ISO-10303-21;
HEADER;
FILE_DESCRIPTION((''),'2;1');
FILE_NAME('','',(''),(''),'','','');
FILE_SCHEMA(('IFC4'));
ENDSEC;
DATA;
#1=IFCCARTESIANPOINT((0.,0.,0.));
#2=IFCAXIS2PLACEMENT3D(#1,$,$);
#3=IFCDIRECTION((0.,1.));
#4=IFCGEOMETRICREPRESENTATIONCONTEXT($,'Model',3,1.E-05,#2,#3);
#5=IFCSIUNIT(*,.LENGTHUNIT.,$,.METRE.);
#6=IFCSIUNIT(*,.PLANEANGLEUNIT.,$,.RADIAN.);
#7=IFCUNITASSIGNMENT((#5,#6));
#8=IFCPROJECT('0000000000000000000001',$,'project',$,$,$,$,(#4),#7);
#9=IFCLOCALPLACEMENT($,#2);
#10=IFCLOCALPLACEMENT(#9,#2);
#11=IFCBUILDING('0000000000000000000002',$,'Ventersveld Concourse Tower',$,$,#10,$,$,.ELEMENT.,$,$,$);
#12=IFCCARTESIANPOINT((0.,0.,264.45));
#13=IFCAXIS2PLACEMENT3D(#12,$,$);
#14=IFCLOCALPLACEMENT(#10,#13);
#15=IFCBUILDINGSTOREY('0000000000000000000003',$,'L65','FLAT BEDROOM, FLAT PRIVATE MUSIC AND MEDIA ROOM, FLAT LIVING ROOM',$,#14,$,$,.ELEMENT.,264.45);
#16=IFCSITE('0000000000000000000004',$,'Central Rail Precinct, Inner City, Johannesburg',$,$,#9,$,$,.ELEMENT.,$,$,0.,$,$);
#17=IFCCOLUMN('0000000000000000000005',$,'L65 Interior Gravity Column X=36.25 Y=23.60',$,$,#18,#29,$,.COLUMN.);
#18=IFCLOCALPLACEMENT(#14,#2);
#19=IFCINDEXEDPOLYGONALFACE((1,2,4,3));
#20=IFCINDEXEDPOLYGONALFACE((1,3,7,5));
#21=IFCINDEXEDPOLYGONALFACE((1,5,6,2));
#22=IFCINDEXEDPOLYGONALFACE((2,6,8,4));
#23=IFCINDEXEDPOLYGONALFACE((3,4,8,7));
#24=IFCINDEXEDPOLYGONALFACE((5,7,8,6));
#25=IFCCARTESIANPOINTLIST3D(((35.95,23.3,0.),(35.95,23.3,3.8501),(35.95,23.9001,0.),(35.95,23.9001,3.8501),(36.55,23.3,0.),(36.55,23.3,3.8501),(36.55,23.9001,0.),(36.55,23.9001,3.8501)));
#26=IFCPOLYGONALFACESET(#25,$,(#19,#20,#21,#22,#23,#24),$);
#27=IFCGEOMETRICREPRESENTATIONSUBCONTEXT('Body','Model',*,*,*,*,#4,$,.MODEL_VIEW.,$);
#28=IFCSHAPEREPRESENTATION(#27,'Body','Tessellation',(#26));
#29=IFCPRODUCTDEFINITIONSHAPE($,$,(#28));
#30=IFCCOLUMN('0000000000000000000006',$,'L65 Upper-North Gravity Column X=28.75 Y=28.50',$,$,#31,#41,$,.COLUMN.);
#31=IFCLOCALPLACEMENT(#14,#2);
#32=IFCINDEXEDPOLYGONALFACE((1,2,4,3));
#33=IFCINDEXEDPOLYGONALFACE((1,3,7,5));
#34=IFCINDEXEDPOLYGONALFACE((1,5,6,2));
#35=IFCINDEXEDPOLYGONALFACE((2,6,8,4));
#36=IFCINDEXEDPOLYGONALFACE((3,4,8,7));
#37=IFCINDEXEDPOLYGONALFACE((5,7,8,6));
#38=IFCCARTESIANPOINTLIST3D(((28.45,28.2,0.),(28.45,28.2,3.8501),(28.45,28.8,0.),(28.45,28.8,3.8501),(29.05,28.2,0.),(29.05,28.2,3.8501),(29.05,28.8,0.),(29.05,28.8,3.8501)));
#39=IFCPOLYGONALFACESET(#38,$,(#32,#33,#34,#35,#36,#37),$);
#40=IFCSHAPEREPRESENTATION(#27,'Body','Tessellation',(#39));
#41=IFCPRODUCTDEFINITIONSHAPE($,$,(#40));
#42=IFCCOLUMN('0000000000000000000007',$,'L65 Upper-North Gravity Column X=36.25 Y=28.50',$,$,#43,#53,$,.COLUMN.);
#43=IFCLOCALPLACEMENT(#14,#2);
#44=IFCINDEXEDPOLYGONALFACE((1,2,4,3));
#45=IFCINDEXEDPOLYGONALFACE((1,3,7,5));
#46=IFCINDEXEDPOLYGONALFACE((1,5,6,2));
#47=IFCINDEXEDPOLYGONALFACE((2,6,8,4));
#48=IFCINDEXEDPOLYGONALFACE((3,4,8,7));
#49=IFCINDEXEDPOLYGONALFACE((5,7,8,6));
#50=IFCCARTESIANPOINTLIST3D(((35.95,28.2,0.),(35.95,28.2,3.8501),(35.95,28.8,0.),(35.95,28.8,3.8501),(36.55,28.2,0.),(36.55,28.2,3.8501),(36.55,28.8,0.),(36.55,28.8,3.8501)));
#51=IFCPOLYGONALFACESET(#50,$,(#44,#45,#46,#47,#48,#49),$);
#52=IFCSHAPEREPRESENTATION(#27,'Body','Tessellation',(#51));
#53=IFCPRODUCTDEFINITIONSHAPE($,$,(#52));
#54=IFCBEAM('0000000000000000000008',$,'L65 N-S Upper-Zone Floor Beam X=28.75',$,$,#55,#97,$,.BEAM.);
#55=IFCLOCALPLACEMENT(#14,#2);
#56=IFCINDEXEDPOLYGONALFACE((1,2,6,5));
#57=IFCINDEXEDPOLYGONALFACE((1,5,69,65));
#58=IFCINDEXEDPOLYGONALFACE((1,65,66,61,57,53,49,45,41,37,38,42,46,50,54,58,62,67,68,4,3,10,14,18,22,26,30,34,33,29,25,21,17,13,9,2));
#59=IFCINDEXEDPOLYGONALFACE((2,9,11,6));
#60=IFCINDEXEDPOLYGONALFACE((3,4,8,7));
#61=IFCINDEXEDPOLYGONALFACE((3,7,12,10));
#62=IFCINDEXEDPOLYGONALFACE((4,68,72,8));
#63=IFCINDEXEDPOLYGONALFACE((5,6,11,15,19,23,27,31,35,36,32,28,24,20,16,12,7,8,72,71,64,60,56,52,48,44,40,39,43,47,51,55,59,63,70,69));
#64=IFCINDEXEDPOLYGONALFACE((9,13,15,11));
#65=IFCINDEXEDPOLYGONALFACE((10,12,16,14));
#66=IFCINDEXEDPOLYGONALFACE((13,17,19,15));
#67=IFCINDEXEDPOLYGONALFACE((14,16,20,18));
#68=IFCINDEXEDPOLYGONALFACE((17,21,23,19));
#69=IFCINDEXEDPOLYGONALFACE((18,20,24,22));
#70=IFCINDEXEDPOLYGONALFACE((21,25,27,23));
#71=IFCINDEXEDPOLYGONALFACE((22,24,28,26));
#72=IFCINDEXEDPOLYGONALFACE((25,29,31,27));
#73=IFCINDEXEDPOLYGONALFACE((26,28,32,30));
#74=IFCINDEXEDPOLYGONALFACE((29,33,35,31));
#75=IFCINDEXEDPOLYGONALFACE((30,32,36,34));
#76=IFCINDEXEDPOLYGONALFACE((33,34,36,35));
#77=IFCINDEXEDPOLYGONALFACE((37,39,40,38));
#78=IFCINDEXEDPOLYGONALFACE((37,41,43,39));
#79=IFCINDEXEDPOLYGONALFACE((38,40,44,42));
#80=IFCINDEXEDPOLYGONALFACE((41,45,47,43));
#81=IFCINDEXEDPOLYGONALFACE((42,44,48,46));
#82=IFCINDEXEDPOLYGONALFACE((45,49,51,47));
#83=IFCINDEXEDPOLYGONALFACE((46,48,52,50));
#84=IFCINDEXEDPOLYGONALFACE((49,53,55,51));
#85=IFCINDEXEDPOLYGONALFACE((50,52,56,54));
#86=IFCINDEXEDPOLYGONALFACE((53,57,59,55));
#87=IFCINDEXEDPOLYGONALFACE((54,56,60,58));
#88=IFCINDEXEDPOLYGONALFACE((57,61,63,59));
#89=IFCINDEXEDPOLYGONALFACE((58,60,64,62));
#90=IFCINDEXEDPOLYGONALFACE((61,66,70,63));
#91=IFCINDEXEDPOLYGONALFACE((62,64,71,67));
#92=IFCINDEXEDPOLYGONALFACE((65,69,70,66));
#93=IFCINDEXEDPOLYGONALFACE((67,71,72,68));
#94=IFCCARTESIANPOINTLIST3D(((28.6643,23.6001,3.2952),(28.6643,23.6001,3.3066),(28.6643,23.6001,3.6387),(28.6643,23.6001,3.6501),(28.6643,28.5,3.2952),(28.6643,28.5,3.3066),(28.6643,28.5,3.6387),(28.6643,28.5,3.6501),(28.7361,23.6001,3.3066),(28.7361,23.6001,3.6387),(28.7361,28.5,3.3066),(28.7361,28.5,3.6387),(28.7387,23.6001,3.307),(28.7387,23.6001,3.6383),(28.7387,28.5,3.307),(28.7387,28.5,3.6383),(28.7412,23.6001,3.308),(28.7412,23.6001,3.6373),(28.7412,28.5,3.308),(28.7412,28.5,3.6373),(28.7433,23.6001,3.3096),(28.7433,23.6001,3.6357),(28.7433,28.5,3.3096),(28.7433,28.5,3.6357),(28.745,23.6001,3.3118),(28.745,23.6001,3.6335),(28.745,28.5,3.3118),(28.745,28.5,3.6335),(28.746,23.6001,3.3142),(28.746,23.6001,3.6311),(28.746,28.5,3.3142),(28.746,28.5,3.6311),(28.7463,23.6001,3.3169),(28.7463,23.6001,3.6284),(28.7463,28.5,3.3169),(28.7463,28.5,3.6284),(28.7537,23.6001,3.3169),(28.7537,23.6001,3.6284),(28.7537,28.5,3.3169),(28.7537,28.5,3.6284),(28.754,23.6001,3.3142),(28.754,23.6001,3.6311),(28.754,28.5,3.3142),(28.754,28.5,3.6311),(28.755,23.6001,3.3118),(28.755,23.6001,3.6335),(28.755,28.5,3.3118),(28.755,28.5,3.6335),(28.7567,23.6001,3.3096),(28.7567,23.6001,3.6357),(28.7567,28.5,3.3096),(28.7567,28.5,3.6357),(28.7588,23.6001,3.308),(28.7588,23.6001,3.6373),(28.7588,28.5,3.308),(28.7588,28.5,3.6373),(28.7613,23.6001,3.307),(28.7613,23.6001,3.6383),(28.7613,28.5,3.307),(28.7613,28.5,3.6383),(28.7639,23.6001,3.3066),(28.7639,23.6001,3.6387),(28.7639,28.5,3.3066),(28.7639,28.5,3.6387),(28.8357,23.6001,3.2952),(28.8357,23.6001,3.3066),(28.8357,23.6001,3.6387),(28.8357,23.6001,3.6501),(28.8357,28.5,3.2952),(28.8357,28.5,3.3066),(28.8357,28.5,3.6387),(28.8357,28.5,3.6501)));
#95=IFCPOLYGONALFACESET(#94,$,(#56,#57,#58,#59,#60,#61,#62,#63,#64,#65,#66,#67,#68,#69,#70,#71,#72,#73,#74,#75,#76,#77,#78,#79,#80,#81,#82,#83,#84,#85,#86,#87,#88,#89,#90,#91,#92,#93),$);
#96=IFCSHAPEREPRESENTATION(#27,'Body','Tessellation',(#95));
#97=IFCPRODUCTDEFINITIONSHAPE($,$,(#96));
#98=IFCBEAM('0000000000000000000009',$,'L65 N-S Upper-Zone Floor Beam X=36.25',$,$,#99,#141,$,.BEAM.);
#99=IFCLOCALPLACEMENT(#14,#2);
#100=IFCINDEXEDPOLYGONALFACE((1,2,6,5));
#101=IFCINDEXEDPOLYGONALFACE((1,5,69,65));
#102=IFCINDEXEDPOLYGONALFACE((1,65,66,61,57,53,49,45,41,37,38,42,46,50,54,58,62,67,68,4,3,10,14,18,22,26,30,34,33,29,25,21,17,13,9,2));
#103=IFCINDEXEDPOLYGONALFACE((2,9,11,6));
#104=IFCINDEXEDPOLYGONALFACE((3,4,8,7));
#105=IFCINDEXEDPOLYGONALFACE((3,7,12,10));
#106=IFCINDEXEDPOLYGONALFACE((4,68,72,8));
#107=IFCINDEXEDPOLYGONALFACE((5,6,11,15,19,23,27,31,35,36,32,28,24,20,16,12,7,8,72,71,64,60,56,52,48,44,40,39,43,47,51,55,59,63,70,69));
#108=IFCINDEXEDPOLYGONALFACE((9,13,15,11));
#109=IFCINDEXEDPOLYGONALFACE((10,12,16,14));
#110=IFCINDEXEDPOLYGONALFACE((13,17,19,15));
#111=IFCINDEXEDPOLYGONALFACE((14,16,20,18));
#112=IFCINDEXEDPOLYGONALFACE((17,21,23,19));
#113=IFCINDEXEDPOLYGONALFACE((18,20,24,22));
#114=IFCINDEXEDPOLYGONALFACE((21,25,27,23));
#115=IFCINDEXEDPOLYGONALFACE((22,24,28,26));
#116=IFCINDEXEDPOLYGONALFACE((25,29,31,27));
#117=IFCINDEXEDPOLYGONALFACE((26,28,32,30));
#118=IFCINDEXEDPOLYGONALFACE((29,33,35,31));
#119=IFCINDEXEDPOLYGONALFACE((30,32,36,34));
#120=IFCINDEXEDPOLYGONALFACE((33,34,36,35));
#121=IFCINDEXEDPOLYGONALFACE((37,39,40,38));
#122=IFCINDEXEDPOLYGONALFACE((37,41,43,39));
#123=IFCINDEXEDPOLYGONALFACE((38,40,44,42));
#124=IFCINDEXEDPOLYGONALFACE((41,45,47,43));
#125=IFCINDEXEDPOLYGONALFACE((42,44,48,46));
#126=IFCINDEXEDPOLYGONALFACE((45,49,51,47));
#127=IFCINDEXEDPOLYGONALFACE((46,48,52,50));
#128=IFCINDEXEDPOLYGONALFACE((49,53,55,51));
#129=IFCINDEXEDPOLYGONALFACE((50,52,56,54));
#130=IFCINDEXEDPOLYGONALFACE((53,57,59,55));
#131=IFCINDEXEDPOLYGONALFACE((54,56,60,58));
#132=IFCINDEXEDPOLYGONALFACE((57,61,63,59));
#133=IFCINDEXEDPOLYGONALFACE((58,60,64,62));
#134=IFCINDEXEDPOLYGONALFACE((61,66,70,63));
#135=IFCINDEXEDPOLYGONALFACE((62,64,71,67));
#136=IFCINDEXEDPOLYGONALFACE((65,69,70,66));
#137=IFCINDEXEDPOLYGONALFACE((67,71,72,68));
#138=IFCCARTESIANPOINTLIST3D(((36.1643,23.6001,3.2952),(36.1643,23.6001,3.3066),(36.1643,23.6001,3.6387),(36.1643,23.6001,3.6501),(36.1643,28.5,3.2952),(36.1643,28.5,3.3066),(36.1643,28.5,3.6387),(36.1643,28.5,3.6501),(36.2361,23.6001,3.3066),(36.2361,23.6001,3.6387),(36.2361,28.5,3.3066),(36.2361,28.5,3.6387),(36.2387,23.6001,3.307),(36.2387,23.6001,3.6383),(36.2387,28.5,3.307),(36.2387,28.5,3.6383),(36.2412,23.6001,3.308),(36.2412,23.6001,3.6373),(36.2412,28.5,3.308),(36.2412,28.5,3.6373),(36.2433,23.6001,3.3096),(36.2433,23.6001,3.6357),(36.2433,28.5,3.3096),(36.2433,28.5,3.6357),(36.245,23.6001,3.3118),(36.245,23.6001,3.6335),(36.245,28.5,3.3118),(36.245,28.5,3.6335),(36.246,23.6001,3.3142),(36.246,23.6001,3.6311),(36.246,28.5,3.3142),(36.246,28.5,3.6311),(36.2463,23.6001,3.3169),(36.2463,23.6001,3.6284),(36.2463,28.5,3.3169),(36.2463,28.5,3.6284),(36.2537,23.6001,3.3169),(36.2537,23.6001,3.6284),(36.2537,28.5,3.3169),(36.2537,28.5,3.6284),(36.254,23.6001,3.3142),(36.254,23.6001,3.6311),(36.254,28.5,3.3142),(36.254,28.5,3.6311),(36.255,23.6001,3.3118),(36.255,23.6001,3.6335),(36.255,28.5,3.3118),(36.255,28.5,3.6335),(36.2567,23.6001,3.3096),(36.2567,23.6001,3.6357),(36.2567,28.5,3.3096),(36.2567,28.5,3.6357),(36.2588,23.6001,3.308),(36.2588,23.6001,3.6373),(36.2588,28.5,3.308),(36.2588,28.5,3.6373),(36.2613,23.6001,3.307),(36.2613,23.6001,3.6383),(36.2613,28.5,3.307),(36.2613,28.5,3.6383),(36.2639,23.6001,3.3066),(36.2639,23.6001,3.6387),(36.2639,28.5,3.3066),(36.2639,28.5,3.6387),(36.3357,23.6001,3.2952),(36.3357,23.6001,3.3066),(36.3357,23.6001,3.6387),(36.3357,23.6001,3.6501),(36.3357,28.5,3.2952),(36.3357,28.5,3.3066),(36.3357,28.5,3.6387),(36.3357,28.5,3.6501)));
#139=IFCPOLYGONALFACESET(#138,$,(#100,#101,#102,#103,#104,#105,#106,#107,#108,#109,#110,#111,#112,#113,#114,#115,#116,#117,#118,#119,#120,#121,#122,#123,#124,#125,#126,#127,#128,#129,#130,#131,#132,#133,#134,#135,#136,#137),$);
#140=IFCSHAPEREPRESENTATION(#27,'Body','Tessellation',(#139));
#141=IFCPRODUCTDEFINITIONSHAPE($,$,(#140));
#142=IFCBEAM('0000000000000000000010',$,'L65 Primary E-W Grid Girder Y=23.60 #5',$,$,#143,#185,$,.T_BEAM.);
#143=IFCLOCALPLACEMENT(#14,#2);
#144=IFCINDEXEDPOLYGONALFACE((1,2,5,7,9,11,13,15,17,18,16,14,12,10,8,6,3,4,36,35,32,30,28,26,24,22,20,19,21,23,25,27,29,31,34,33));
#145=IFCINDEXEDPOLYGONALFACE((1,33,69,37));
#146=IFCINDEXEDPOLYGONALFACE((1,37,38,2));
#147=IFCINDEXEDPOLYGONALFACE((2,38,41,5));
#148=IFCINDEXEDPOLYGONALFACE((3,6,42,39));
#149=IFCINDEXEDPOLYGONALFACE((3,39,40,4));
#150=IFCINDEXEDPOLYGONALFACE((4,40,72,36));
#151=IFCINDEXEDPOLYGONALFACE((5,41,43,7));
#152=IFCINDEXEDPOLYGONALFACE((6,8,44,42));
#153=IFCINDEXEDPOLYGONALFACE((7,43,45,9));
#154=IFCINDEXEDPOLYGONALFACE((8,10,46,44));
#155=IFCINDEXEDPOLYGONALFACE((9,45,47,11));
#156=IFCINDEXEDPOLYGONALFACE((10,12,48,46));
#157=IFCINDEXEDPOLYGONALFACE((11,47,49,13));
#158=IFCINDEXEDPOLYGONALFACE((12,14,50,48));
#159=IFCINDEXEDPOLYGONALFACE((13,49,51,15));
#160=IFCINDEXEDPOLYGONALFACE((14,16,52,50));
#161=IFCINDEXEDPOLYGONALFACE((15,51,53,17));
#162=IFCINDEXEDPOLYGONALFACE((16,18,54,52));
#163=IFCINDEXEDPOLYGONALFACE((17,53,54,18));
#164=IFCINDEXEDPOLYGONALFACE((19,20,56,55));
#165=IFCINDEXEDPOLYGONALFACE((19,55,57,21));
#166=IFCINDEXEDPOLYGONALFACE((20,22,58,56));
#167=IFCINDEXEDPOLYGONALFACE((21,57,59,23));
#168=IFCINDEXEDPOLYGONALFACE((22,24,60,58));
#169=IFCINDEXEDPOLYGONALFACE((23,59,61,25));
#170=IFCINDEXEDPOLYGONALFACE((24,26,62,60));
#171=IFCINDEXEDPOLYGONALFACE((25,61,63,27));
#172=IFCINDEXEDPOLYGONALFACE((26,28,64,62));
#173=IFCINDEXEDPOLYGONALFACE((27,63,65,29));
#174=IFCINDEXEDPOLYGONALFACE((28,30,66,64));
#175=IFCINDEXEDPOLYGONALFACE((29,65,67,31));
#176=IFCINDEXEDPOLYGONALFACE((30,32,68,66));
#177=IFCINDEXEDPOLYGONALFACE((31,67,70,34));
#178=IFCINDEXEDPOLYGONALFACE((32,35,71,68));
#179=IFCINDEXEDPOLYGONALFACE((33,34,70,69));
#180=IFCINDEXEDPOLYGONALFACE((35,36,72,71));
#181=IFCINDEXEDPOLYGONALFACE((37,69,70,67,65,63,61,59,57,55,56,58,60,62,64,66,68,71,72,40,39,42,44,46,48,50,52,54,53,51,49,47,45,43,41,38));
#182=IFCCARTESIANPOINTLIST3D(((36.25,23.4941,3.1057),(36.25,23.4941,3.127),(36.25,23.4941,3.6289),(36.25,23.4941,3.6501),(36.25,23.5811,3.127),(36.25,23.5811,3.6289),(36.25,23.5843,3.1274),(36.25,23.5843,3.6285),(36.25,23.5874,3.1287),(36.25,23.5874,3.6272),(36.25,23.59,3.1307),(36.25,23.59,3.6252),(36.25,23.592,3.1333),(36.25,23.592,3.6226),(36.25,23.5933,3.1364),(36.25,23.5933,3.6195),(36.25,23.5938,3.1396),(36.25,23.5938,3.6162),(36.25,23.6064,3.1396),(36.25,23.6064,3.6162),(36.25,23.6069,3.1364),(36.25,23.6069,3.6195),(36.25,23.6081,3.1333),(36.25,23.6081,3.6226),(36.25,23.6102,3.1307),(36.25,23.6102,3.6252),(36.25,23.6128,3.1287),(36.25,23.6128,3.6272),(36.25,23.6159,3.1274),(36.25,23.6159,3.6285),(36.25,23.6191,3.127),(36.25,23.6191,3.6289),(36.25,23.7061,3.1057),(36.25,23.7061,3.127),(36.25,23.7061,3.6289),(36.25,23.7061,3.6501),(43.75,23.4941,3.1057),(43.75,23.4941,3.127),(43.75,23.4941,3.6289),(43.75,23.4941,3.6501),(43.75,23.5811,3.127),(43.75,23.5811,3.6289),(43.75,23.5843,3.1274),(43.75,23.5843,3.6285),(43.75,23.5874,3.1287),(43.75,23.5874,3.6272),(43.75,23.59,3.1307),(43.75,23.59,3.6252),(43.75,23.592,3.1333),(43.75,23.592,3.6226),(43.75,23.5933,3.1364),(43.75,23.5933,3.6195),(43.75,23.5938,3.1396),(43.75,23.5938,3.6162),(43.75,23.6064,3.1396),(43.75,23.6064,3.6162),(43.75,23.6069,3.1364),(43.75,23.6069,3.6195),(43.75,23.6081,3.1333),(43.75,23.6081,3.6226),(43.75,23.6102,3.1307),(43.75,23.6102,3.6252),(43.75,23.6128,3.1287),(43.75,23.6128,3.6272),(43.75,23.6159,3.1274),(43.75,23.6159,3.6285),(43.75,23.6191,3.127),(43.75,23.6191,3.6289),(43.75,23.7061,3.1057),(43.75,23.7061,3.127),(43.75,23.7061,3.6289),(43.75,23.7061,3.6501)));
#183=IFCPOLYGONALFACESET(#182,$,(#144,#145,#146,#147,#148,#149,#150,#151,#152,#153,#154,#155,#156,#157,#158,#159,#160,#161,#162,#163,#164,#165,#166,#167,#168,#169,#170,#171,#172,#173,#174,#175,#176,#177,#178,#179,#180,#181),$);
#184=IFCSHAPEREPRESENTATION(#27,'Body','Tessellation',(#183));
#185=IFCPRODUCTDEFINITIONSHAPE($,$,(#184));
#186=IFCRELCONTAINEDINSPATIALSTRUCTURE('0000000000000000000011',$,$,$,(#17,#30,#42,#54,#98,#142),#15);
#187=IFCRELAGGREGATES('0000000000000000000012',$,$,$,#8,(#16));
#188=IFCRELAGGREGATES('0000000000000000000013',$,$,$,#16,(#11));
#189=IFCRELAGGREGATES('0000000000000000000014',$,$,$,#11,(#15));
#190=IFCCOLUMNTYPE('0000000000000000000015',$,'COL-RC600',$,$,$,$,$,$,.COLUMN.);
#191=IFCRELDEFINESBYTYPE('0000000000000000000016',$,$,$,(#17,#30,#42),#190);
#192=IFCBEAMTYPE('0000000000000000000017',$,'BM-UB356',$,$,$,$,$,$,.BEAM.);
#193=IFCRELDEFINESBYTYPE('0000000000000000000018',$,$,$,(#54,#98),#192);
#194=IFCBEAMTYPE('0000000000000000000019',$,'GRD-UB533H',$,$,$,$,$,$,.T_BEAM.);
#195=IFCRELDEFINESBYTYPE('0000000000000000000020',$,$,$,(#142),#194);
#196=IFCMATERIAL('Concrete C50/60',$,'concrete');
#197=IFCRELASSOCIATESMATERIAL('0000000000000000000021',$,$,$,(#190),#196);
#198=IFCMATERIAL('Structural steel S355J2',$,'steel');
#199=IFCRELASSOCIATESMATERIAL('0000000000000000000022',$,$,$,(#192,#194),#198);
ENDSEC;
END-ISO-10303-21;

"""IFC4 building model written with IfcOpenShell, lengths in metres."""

from ifc_helpers import new_model, si_unit, direction, frame, origin, origin_2d, place, context, subcontext, project, spatial, rectangle, i_section, extrude, material, material_profile, profile_set, type_object, element, save


model = new_model("IFC4")

# Units and contexts
model_context = context("Model", 3, precision=1e-05, world=origin(), true_north=direction((0.0, 1.0)))
body_context = subcontext(model_context, "Body", "Model", "MODEL_VIEW")
ifc_project = project(units=[si_unit("LENGTHUNIT", "METRE"), si_unit("PLANEANGLEUNIT", "RADIAN")], contexts=[model_context])

# Site, building, storey
site_placement = place(None, origin())
site = spatial("IfcSite", under=ifc_project, at=site_placement, Name="Central Rail Precinct, Inner City, Johannesburg", CompositionType="ELEMENT", RefElevation=0.0)
building_placement = place(site_placement, origin())
building = spatial("IfcBuilding", under=site, at=building_placement, Name="Ventersveld Concourse Tower", CompositionType="ELEMENT")
storey_placement = place(building_placement, frame((0.0, 0.0, 264.45)))
storey = spatial("IfcBuildingStorey", under=building, at=storey_placement, Name="L65", Description="FLAT BEDROOM, FLAT PRIVATE MUSIC AND MEDIA ROOM, FLAT LIVING ROOM", CompositionType="ELEMENT", Elevation=264.45)

# Columns
ifc_material_1 = material(Name="Concrete C50/60", Category="concrete")
ifc_material_profile_1 = material_profile(ifc_material_1, rectangle(XDim=0.6001, YDim=0.6001, at=origin_2d()), Name="RC 600x600")
ifc_profile_set_1 = profile_set([ifc_material_profile_1], Name="Concrete C50/60")
column_type = type_object("IfcColumnType", Name="COL-RC600", PredefinedType="COLUMN", material=ifc_profile_set_1)
for number, where, z_axis, x_axis, name in (
    (1, (36.25, 23.6001, 0.0), (0.0, 0.0, 1.0), (1.0, 0.0, 0.0), "L65 Interior Gravity Column X=36.25 Y=23.60"),
    (2, (28.75, 28.5, 0.0), (0.0, 0.0, 1.0), (1.0, 0.0, 0.0), "L65 Upper-North Gravity Column X=28.75 Y=28.50"),
    (3, (36.25, 28.5, 0.0), (0.0, 0.0, 1.0), (1.0, 0.0, 0.0), "L65 Upper-North Gravity Column X=36.25 Y=28.50"),
):
    element("IfcColumn", number, at=place(storey_placement, frame(where, z_axis=z_axis, x_axis=x_axis)), inside=storey, type_object=column_type, Name=name, PredefinedType="COLUMN", context=body_context, shape_type="SweptSolid", body=[
        extrude(rectangle(XDim=0.6001, YDim=0.6001, at=origin_2d()), origin(), (0.0, 0.0, 1.0), 3.8501),
    ])

# Beams
ifc_material_2 = material(Name="Structural steel S355J2", Category="steel")
ifc_material_profile_2 = material_profile(ifc_material_2, i_section(OverallWidth=0.1714, OverallDepth=0.355, WebThickness=0.0073, FlangeThickness=0.0115, FilletRadius=0.0103, at=origin_2d()), Name="UB 356x171x51")
ifc_profile_set_2 = profile_set([ifc_material_profile_2], Name="Structural steel S355J2")
beam_type_1 = type_object("IfcBeamType", Name="BM-UB356", PredefinedType="BEAM", material=ifc_profile_set_2)
for number, where, z_axis, x_axis, name in (
    (4, (28.75, 23.6001, 3.4727), (0.0, 1.0, 0.0), (-1.0, 0.0, 0.0), "L65 N-S Upper-Zone Floor Beam X=28.75"),
    (5, (36.25, 23.6001, 3.4727), (0.0, 1.0, 0.0), (-1.0, 0.0, 0.0), "L65 N-S Upper-Zone Floor Beam X=36.25"),
):
    element("IfcBeam", number, at=place(storey_placement, frame(where, z_axis=z_axis, x_axis=x_axis)), inside=storey, type_object=beam_type_1, Name=name, PredefinedType="BEAM", context=body_context, shape_type="SweptSolid", body=[
        extrude(i_section(OverallWidth=0.1714, OverallDepth=0.355, WebThickness=0.0073, FlangeThickness=0.0115, FilletRadius=0.0103, at=origin_2d()), origin(), (0.0, 0.0, 1.0), 4.8999),
    ])
ifc_material_profile_3 = material_profile(ifc_material_2, i_section(OverallWidth=0.2119, OverallDepth=0.5444, WebThickness=0.0127, FlangeThickness=0.0212, FilletRadius=0.0127, at=origin_2d()), Name="UB 533x210x122")
ifc_profile_set_3 = profile_set([ifc_material_profile_3], Name="Structural steel S355J2")
beam_type_2 = type_object("IfcBeamType", Name="GRD-UB533H", PredefinedType="T_BEAM", material=ifc_profile_set_3)
for number, where, z_axis, x_axis, name in (
    (6, (36.25, 23.6001, 3.3779), (1.0, 0.0, 0.0), (0.0, 1.0, 0.0), "L65 Primary E-W Grid Girder Y=23.60 #5"),
):
    element("IfcBeam", number, at=place(storey_placement, frame(where, z_axis=z_axis, x_axis=x_axis)), inside=storey, type_object=beam_type_2, Name=name, PredefinedType="T_BEAM", context=body_context, shape_type="SweptSolid", body=[
        extrude(i_section(OverallWidth=0.2119, OverallDepth=0.5444, WebThickness=0.0127, FlangeThickness=0.0212, FilletRadius=0.0127, at=origin_2d()), origin(), (0.0, 0.0, 1.0), 7.5),
    ])

save(model, "model.ifc")
